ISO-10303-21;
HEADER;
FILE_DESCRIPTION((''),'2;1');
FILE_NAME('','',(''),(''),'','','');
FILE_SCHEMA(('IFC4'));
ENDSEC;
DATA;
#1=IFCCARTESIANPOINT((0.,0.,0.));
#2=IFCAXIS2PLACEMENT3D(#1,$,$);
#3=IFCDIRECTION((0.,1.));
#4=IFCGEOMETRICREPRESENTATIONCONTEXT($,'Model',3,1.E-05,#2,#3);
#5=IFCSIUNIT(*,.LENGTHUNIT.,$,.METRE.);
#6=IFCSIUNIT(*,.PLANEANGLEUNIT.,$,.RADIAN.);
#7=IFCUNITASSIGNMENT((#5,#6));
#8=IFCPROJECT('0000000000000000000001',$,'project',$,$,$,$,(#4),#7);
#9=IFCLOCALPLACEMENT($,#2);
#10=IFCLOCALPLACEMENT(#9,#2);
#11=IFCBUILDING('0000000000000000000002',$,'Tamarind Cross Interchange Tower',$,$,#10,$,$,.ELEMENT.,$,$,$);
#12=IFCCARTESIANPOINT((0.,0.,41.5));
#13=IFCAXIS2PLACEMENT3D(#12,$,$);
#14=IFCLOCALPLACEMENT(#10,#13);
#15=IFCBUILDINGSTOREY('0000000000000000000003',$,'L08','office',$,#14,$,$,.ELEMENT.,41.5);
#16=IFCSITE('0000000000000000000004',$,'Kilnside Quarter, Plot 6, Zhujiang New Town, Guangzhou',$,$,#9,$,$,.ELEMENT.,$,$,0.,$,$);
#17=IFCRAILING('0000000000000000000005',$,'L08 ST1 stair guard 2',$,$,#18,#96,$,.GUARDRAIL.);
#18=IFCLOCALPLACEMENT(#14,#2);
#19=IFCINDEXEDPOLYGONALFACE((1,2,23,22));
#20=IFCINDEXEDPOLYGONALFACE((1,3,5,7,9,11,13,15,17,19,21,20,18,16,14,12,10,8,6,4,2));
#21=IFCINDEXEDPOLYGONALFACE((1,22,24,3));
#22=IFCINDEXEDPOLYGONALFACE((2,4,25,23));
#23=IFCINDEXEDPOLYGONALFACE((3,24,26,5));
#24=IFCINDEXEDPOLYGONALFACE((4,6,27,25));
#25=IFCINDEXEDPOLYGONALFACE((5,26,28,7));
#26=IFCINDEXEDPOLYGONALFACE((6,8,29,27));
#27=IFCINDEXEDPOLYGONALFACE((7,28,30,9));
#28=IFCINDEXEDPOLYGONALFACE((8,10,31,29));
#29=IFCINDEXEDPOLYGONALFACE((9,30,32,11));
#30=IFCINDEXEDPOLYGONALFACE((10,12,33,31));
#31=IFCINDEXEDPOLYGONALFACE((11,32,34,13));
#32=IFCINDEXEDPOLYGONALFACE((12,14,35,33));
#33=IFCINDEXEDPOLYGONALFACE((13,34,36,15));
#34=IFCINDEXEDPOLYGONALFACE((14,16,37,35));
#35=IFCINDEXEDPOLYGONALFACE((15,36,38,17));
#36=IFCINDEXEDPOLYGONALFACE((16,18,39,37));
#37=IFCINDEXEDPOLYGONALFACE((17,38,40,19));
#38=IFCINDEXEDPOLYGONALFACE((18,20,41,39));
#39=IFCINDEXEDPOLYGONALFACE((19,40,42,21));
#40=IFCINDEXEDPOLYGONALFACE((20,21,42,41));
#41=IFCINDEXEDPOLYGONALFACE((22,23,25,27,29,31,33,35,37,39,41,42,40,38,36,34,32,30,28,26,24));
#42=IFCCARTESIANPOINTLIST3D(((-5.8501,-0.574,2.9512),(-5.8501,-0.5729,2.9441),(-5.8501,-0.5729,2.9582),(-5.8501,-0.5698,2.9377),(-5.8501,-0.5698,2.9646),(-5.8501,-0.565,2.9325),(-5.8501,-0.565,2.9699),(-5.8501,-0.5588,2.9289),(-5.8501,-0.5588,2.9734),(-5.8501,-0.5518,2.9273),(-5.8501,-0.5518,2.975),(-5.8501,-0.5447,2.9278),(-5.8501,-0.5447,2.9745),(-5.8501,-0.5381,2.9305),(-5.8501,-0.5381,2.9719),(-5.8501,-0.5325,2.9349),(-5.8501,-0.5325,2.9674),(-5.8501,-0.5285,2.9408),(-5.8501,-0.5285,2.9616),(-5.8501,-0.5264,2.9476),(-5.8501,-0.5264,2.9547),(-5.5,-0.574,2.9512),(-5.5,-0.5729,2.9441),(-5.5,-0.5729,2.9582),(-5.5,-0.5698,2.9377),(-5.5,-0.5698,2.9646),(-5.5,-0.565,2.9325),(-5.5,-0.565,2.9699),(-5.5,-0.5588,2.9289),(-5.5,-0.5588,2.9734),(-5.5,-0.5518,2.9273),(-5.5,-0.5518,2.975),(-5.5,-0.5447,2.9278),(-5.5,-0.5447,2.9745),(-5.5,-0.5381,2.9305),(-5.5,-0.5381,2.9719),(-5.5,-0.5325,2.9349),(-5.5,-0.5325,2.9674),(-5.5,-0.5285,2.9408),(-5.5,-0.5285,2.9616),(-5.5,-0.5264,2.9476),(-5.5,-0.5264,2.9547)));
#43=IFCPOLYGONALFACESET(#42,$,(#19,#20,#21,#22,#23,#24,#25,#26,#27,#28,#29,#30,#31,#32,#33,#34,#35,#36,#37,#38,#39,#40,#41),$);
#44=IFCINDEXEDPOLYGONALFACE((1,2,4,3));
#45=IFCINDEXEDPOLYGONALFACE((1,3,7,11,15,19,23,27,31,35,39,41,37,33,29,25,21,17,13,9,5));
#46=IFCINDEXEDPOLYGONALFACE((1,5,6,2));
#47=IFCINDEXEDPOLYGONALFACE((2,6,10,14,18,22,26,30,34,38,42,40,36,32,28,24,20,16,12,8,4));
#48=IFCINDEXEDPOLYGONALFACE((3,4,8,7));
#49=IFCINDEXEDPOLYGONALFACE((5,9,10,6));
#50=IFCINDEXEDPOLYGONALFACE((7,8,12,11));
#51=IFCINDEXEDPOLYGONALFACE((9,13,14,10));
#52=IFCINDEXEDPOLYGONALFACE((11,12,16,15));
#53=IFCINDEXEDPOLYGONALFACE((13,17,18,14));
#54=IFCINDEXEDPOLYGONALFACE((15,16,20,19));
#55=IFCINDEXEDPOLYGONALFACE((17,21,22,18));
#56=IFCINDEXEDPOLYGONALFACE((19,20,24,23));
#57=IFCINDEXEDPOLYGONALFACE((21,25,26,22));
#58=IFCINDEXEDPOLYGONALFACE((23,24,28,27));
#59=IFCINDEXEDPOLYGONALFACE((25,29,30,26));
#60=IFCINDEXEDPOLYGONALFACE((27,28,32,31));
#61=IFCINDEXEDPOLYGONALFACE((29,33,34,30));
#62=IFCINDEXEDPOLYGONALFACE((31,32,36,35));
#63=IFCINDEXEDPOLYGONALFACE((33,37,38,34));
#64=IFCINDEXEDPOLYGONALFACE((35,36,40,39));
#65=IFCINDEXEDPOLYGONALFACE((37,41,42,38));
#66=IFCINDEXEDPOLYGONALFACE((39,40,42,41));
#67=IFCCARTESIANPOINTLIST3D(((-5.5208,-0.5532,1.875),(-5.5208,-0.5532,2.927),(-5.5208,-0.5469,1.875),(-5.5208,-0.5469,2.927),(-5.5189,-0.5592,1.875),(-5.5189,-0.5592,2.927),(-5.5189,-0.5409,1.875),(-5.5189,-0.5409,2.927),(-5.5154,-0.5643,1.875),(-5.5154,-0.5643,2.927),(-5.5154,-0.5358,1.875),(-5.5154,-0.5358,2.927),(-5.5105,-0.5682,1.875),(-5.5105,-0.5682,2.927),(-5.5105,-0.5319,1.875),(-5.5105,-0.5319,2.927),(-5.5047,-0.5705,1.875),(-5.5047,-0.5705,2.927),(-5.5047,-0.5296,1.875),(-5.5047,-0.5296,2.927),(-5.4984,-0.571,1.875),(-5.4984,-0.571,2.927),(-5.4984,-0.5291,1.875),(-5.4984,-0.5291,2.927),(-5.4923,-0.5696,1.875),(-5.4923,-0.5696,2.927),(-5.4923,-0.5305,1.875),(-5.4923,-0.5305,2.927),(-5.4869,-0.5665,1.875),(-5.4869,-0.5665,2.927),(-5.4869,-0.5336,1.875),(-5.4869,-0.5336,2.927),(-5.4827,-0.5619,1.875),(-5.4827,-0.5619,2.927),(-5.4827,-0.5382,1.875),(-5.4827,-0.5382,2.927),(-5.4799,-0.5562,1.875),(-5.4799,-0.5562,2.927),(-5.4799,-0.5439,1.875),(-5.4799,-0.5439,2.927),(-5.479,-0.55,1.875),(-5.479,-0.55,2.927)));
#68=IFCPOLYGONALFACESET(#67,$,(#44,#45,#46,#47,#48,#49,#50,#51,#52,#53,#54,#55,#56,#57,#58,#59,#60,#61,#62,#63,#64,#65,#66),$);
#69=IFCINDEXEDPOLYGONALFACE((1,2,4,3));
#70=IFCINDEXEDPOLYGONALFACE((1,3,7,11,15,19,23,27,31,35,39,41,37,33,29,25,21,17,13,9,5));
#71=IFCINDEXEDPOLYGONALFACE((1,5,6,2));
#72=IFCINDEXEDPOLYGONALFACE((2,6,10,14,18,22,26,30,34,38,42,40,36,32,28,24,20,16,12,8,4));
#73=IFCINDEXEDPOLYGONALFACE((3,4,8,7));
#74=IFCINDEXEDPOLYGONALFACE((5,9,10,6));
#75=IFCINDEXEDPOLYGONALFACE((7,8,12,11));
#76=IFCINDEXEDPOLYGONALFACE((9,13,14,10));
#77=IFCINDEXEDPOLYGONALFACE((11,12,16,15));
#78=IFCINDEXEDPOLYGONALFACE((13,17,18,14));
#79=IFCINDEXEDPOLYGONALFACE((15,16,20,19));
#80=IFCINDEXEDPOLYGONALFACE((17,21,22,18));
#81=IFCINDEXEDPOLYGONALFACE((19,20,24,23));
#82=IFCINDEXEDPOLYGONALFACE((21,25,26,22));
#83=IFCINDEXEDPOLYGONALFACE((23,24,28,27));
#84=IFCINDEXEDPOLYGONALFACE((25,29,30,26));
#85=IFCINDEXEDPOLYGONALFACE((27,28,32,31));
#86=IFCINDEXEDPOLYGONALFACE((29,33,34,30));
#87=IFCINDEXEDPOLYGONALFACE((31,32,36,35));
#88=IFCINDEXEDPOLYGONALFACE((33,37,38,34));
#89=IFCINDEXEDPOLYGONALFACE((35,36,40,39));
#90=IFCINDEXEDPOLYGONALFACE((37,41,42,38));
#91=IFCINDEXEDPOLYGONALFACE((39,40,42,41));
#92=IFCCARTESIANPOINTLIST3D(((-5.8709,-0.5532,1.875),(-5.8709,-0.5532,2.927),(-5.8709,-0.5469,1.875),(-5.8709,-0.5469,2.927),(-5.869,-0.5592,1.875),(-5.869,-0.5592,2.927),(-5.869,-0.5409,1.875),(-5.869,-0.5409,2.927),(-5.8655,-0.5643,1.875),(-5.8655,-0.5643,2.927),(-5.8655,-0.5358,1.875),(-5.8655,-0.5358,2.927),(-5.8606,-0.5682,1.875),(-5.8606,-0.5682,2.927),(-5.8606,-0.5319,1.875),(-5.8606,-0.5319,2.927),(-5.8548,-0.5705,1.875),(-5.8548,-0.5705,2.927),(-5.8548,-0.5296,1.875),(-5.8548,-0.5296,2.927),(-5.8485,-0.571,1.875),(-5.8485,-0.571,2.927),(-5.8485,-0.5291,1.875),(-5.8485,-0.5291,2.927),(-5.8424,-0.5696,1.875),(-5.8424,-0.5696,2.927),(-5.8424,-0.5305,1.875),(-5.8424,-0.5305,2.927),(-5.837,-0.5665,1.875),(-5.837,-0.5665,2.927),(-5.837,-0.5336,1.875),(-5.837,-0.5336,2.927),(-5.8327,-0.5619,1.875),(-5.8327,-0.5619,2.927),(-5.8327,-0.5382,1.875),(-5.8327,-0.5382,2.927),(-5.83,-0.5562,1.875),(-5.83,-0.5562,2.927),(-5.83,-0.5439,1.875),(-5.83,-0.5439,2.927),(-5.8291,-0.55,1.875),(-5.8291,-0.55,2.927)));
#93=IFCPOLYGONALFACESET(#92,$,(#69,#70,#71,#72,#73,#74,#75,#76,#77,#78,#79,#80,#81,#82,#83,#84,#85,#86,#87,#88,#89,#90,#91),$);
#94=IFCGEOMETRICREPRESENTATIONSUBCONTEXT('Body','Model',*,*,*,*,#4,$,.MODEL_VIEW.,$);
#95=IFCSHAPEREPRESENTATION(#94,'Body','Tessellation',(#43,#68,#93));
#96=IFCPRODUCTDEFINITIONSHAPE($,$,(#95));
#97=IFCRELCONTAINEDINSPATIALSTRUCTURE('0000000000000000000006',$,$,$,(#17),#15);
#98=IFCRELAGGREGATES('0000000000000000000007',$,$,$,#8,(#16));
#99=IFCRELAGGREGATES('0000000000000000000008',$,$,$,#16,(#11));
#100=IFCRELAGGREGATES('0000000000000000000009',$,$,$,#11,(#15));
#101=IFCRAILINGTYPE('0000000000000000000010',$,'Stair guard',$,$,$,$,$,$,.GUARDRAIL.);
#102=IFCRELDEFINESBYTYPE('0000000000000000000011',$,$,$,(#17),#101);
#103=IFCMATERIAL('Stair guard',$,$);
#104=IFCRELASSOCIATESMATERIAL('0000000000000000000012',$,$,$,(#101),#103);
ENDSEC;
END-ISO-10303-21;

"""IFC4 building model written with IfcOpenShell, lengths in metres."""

from ifc_helpers import new_model, si_unit, direction, frame, origin, origin_2d, place, context, subcontext, project, spatial, circle, extrude, material, type_object, element, save


model = new_model("IFC4")

# Units and contexts
model_context = context("Model", 3, precision=1e-05, world=origin(), true_north=direction((0.0, 1.0)))
body_context = subcontext(model_context, "Body", "Model", "MODEL_VIEW")
ifc_project = project(units=[si_unit("LENGTHUNIT", "METRE"), si_unit("PLANEANGLEUNIT", "RADIAN")], contexts=[model_context])

# Site, building, storey
site_placement = place(None, origin())
site = spatial("IfcSite", under=ifc_project, at=site_placement, Name="Kilnside Quarter, Plot 6, Zhujiang New Town, Guangzhou", CompositionType="ELEMENT", RefElevation=0.0)
building_placement = place(site_placement, origin())
building = spatial("IfcBuilding", under=site, at=building_placement, Name="Tamarind Cross Interchange Tower", CompositionType="ELEMENT")
storey_placement = place(building_placement, frame((0.0, 0.0, 41.5)))
storey = spatial("IfcBuildingStorey", under=building, at=storey_placement, Name="L08", Description="office", CompositionType="ELEMENT", Elevation=41.5)

# Railing
ifc_material_1 = material(Name="Stair guard")
railing_type_1 = type_object("IfcRailingType", Name="Stair guard", PredefinedType="GUARDRAIL", material=ifc_material_1)
railing_1_placement = place(storey_placement, frame((-5.5, -0.55, 1.875)))
element("IfcRailing", 1, at=railing_1_placement, inside=storey, type_object=railing_type_1, Name="L08 ST1 stair guard 2", PredefinedType="GUARDRAIL", context=body_context, shape_type="SweptSolid", body=[
    extrude(circle(Radius=0.0239, at=origin_2d()), frame((0.0, 0.0, 1.0762), z_axis=(-1.0, 0.0, 0.0), x_axis=(0.0, -1.0, 0.0)), (0.0, 0.0, 1.0), 0.3501),
    extrude(circle(Radius=0.021, at=origin_2d()), origin(), (0.0, 0.0, 1.0), 1.052),
    extrude(circle(Radius=0.021, at=origin_2d()), frame((-0.3501, 0.0, 0.0)), (0.0, 0.0, 1.0), 1.052),
])

save(model, "model.ifc")
